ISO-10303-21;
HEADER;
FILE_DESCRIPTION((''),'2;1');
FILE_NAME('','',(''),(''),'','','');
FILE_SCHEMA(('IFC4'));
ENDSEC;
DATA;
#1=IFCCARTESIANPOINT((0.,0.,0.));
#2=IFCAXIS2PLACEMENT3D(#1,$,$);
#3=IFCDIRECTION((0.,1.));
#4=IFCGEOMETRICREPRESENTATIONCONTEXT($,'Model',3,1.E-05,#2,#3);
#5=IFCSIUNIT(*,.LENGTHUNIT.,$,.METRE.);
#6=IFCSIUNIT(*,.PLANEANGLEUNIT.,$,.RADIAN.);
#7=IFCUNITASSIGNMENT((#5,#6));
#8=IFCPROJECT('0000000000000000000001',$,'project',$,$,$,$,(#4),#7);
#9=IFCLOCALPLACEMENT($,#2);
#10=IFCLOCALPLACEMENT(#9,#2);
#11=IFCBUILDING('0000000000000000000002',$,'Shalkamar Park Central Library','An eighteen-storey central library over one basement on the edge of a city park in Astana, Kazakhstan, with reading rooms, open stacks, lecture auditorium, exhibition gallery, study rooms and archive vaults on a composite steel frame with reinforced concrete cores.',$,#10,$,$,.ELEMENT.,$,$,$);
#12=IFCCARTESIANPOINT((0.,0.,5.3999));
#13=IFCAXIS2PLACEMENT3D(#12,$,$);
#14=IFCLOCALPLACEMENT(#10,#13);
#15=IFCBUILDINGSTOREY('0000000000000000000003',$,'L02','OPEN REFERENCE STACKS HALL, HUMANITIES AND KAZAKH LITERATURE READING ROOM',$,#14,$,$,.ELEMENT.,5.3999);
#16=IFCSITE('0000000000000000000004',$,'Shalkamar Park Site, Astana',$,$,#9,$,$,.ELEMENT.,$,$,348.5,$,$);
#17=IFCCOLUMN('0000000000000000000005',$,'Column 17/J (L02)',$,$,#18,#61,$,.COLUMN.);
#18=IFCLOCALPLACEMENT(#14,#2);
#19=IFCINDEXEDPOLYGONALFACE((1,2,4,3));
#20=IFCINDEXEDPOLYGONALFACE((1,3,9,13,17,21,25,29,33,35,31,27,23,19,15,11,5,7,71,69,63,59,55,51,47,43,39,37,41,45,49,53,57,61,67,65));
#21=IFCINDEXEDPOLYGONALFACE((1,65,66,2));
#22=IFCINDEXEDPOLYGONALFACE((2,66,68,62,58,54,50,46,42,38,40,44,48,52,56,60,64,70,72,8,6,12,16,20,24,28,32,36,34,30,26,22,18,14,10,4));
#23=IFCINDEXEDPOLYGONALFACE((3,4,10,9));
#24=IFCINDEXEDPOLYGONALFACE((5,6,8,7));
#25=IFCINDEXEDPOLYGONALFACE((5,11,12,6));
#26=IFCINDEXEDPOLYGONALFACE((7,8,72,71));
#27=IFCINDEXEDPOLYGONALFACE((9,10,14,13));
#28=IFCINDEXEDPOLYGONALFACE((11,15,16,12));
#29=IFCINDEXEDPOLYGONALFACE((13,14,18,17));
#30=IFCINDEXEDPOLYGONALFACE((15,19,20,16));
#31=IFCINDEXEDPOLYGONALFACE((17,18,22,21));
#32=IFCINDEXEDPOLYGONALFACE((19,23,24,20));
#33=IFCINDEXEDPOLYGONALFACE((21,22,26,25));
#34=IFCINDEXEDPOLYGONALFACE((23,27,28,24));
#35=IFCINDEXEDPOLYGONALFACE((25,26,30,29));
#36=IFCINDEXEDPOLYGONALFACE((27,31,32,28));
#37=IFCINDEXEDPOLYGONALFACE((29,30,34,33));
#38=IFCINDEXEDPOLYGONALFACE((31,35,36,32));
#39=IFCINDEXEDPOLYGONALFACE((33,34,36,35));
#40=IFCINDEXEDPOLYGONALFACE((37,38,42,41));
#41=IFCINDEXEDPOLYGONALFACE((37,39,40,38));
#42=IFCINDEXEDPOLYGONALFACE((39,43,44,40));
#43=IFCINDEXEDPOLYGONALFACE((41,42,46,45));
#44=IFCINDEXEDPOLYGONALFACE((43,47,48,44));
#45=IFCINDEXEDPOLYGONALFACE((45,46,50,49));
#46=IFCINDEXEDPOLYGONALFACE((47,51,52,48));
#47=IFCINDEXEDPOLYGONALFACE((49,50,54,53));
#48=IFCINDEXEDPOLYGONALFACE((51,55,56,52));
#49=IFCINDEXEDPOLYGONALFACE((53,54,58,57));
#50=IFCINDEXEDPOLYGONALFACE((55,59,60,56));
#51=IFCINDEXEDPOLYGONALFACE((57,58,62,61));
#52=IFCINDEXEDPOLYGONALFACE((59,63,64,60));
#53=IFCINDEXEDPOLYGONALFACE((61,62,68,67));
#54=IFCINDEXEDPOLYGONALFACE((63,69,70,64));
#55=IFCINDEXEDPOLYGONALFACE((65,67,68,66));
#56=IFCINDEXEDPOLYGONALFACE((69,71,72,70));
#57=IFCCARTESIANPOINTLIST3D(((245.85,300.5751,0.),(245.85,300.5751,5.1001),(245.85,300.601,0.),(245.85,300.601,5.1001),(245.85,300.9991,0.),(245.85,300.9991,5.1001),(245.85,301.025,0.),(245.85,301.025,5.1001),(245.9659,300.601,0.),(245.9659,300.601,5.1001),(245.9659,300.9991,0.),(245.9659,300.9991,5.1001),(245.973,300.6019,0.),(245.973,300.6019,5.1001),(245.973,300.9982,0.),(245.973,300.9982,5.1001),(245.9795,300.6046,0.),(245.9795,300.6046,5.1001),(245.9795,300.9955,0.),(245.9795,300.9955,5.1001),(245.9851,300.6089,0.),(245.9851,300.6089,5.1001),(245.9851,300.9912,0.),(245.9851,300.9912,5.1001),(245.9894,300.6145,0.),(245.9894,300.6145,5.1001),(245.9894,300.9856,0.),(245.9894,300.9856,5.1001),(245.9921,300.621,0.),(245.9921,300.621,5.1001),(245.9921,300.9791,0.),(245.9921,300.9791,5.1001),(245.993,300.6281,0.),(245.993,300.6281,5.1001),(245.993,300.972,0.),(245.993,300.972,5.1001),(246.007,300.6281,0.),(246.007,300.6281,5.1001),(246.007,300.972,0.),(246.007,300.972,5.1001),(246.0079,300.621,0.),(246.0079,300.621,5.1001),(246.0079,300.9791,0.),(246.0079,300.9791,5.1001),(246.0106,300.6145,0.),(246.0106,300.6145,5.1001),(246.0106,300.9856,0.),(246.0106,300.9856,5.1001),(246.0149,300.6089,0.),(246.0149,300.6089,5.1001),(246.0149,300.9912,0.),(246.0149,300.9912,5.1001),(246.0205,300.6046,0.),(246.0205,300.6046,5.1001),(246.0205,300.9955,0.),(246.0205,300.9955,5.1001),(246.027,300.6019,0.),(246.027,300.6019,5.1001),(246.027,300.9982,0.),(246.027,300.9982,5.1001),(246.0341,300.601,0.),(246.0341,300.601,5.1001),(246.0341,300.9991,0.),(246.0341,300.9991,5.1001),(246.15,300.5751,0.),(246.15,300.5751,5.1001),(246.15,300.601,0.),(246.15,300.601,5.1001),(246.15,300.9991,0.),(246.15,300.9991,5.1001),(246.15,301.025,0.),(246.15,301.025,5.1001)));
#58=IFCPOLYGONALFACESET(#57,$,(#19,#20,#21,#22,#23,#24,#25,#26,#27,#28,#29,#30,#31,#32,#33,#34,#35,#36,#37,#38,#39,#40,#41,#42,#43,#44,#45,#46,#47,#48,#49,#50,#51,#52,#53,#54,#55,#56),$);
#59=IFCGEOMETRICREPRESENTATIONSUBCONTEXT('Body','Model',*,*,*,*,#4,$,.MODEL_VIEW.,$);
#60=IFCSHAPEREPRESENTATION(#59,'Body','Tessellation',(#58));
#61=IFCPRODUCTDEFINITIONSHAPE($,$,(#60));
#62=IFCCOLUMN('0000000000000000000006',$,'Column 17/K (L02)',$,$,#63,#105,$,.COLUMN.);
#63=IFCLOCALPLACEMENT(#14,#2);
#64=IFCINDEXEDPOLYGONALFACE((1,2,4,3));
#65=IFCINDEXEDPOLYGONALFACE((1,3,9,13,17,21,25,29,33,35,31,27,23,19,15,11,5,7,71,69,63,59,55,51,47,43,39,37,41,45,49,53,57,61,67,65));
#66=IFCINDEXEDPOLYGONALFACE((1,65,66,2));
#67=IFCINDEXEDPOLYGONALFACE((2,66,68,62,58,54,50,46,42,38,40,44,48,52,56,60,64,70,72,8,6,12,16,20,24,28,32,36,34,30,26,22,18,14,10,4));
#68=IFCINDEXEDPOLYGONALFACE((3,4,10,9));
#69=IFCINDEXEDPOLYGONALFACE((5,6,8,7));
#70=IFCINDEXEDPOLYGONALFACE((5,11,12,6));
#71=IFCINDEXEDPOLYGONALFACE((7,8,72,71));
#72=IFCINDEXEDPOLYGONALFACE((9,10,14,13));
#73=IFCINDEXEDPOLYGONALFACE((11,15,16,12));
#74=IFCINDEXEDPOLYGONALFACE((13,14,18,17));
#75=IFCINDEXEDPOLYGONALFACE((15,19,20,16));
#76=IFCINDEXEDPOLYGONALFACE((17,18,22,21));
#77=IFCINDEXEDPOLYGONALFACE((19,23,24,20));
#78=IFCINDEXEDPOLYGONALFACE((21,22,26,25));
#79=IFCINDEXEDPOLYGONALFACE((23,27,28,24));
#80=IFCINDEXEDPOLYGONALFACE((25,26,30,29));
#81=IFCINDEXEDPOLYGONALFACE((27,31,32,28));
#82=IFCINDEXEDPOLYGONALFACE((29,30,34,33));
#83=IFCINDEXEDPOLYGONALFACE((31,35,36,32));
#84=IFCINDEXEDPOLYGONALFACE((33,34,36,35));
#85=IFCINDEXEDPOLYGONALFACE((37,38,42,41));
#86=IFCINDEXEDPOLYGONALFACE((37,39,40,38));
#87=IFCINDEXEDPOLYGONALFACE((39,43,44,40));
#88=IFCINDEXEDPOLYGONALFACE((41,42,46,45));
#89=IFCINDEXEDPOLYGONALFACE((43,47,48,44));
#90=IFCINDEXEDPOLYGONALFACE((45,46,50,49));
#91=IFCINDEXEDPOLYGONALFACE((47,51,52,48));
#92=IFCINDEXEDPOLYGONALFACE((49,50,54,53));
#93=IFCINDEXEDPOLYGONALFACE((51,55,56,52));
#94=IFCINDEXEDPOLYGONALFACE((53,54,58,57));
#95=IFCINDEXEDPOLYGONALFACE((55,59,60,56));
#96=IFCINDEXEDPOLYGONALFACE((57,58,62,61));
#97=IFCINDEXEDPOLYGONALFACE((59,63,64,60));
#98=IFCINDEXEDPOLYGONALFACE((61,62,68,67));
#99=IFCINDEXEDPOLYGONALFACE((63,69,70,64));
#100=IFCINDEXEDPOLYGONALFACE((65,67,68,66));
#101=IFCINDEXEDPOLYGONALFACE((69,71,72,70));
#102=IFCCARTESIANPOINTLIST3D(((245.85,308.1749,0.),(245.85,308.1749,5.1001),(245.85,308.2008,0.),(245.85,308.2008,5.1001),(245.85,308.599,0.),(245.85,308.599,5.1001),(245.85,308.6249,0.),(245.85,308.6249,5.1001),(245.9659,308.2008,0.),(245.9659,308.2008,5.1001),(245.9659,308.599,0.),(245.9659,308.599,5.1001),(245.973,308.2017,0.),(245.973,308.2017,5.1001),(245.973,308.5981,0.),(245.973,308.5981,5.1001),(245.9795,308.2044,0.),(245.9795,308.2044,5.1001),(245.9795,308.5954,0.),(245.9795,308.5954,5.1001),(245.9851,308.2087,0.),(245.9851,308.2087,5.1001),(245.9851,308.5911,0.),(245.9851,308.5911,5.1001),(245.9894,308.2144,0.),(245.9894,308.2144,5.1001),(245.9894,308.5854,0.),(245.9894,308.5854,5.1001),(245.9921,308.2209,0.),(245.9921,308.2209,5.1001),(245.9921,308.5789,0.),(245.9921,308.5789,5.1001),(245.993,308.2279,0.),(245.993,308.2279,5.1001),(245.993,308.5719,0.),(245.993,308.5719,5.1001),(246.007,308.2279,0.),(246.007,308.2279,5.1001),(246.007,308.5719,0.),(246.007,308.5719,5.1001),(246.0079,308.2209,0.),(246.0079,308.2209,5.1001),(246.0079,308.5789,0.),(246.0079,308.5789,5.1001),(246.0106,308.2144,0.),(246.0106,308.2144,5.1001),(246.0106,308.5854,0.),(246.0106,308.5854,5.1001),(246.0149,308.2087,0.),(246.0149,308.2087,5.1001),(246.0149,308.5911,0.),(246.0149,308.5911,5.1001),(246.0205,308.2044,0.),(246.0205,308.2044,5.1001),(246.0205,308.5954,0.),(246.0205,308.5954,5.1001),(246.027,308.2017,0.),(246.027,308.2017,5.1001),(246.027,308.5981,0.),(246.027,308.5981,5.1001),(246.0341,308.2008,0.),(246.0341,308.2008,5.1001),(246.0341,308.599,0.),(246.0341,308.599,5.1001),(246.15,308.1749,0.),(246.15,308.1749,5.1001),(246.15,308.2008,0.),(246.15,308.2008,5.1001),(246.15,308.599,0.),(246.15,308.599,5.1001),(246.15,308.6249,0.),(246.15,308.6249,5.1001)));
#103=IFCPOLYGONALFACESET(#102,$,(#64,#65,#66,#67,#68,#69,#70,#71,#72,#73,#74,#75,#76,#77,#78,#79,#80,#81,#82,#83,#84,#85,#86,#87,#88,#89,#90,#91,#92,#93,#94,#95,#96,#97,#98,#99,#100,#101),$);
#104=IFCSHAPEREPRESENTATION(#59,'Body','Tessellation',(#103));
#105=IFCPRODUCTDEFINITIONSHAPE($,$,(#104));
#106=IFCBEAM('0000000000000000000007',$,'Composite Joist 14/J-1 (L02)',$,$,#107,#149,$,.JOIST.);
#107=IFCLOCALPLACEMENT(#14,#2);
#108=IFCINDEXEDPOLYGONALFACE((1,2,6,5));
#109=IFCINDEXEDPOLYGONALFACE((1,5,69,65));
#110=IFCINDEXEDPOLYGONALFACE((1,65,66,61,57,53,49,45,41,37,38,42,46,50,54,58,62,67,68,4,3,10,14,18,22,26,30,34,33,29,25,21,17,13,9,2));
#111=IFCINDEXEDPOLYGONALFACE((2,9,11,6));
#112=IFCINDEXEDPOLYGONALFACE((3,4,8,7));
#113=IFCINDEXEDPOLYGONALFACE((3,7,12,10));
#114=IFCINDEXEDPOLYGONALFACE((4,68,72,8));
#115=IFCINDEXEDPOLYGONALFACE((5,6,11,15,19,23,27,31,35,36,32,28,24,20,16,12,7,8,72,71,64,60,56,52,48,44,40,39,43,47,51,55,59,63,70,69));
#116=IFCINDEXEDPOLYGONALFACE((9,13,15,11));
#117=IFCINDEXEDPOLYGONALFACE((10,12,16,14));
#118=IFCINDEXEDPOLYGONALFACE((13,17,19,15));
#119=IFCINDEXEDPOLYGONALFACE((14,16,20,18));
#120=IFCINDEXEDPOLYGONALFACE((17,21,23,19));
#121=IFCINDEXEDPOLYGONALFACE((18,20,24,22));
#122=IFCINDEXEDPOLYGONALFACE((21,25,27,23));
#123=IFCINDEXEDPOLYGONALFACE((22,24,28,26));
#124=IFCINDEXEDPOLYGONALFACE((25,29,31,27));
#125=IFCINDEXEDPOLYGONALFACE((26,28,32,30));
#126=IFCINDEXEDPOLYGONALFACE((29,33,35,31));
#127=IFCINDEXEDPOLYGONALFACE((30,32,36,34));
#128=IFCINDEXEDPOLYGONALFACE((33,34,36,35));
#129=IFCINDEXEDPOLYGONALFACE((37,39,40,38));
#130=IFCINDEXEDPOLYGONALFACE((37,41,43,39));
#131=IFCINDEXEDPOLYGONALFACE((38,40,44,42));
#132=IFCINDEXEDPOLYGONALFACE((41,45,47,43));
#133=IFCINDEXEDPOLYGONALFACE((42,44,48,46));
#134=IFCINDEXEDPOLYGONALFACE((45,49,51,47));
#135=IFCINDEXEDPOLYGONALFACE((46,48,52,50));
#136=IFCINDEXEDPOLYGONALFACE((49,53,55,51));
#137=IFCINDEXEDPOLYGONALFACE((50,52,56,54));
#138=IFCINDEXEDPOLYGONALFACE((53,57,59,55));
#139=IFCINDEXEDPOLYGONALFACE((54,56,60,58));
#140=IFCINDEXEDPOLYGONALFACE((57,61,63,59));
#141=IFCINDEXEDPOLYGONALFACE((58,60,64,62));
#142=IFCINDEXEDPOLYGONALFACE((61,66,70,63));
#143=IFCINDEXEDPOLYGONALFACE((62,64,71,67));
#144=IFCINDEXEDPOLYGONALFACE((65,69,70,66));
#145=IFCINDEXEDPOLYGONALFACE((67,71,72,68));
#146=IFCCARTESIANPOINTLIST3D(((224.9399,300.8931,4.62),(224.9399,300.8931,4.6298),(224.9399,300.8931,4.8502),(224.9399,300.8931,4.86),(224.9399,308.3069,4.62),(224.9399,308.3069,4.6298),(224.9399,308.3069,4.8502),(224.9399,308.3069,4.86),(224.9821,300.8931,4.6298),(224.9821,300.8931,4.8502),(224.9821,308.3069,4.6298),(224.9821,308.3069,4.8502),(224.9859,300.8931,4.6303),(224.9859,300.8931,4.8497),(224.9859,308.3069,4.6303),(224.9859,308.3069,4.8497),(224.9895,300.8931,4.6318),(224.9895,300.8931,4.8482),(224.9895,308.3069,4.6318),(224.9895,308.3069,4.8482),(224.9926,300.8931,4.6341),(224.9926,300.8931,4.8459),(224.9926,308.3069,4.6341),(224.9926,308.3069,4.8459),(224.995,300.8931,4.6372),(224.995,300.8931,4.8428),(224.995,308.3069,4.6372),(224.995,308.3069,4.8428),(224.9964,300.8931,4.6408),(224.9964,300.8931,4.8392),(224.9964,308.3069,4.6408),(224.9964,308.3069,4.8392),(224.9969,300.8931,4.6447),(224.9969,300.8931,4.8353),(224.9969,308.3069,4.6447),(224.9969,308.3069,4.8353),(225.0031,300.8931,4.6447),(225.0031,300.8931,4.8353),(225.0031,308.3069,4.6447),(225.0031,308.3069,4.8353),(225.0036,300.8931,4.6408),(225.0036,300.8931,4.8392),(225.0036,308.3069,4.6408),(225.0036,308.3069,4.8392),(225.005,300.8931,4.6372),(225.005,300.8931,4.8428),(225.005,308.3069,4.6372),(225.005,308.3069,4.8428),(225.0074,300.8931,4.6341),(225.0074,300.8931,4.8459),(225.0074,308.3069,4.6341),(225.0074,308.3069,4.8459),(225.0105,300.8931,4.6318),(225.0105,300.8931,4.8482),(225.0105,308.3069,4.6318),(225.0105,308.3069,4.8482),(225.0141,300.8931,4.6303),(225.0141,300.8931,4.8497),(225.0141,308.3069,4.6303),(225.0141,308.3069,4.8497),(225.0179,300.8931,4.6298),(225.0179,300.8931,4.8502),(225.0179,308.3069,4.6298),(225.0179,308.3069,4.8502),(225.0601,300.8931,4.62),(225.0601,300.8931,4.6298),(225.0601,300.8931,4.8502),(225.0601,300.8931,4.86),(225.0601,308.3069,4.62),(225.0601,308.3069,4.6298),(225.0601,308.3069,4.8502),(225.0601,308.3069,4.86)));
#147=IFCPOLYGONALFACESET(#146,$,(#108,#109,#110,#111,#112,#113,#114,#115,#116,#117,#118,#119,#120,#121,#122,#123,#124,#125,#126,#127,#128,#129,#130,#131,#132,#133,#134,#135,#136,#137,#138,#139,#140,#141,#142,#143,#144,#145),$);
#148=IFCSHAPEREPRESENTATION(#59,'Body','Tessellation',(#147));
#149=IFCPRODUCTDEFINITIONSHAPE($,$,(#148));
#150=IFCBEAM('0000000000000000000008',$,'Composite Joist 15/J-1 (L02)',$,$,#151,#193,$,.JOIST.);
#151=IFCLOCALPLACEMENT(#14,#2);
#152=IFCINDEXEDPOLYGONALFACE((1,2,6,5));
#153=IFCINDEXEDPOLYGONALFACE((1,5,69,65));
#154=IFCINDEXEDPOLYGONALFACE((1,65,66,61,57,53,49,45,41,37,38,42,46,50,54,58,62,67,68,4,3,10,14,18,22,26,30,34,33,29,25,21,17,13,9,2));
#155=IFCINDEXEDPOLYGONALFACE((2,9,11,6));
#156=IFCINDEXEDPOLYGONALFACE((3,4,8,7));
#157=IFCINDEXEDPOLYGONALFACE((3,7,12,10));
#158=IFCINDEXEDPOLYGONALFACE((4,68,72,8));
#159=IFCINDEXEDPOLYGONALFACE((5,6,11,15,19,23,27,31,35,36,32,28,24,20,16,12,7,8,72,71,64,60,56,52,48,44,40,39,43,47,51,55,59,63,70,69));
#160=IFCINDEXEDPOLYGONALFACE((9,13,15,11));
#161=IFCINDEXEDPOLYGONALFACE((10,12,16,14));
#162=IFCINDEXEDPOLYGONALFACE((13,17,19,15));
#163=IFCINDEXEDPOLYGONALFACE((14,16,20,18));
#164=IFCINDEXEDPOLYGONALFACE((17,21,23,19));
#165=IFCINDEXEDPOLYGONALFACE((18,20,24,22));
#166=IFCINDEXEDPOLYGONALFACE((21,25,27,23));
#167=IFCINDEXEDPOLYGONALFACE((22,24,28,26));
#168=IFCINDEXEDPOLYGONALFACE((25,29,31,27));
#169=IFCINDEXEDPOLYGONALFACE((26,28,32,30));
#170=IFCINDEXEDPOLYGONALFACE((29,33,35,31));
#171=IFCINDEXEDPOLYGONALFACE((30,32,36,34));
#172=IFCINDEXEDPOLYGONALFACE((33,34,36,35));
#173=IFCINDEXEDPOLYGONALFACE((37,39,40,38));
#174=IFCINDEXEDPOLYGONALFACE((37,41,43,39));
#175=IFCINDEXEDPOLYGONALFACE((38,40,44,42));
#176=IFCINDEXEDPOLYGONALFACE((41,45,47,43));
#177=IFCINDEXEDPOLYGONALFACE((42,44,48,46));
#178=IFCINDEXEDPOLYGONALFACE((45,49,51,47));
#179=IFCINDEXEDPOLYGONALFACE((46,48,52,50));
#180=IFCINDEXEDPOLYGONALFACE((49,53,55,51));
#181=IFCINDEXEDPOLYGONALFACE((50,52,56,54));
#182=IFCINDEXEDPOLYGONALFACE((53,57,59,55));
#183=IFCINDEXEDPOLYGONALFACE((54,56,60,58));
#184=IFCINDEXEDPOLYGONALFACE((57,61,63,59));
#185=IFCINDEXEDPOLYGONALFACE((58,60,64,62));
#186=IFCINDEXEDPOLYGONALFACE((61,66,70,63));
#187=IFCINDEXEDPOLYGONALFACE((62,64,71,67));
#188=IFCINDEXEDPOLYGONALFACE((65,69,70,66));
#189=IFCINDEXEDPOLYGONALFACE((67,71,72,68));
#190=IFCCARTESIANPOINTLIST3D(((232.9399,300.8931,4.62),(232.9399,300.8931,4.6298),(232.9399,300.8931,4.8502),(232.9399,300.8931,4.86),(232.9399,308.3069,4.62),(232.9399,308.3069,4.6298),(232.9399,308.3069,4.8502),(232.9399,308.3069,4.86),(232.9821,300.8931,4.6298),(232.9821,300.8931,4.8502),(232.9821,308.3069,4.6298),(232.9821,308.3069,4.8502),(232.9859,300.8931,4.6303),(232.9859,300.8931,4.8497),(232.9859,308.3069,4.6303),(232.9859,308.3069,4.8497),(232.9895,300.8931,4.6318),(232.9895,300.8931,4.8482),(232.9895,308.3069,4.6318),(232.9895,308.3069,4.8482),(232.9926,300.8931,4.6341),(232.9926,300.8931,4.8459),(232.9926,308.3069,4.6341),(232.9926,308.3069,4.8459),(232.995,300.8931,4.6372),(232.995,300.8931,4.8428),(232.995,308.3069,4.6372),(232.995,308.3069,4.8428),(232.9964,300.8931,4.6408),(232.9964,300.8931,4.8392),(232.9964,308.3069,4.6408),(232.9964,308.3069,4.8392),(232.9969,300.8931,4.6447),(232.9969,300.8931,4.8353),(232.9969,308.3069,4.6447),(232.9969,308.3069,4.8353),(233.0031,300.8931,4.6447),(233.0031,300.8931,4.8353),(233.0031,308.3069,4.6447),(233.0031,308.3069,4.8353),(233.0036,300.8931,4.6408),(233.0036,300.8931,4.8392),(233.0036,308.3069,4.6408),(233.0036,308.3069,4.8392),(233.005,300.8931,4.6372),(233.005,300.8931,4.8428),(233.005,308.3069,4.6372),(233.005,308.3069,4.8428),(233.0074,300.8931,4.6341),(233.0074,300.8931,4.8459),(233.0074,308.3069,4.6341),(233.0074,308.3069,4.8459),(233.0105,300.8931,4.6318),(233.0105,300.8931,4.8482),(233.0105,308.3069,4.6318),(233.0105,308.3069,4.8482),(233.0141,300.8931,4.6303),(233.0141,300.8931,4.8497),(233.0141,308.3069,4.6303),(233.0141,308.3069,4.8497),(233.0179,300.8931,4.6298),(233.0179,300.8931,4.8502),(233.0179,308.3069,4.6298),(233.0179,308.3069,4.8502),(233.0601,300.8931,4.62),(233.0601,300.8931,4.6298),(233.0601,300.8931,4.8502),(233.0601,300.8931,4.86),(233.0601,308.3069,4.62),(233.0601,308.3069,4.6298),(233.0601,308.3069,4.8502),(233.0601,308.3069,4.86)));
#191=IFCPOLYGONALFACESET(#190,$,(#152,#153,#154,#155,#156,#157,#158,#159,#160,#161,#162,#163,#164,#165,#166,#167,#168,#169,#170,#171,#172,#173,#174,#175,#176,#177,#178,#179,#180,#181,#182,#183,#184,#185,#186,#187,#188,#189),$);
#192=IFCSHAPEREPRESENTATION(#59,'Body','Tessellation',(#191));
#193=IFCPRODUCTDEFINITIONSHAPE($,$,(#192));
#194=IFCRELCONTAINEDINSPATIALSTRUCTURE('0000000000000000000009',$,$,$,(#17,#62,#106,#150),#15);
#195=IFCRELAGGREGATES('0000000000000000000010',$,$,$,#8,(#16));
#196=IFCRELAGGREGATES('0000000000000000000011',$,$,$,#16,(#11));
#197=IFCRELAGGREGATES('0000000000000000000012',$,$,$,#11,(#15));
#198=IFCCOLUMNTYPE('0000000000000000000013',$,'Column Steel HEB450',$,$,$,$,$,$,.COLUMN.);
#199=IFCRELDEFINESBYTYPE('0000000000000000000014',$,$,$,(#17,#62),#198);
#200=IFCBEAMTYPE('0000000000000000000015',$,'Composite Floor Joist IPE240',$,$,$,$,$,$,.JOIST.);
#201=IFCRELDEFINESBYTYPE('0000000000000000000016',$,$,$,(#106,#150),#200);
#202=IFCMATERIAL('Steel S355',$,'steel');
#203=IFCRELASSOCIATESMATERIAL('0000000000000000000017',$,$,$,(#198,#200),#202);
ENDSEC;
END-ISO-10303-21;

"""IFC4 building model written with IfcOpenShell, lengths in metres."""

from ifc_helpers import new_model, si_unit, direction, frame, origin, origin_2d, place, context, subcontext, project, spatial, i_section, extrude, material, material_profile, profile_set, type_object, element, save


model = new_model("IFC4")

# Units and contexts
model_context = context("Model", 3, precision=1e-05, world=origin(), true_north=direction((0.0, 1.0)))
body_context = subcontext(model_context, "Body", "Model", "MODEL_VIEW")
ifc_project = project(units=[si_unit("LENGTHUNIT", "METRE"), si_unit("PLANEANGLEUNIT", "RADIAN")], contexts=[model_context])

# Site, building, storey
site_placement = place(None, origin())
site = spatial("IfcSite", under=ifc_project, at=site_placement, Name="Shalkamar Park Site, Astana", CompositionType="ELEMENT", RefElevation=348.5)
building_placement = place(site_placement, origin())
building = spatial("IfcBuilding", under=site, at=building_placement, Name="Shalkamar Park Central Library", Description="An eighteen-storey central library over one basement on the edge of a city park in Astana, Kazakhstan, with reading rooms, open stacks, lecture auditorium, exhibition gallery, study rooms and archive vaults on a composite steel frame with reinforced concrete cores.", CompositionType="ELEMENT")
storey_placement = place(building_placement, frame((0.0, 0.0, 5.3999)))
storey = spatial("IfcBuildingStorey", under=building, at=storey_placement, Name="L02", Description="OPEN REFERENCE STACKS HALL, HUMANITIES AND KAZAKH LITERATURE READING ROOM", CompositionType="ELEMENT", Elevation=5.3999)

# Columns
ifc_material_1 = material(Name="Steel S355", Category="steel")
ifc_material_profile_1 = material_profile(ifc_material_1, i_section(OverallWidth=0.3, OverallDepth=0.45, WebThickness=0.0139, FlangeThickness=0.0259, FilletRadius=0.0271, at=origin_2d()), Name="HEB 450")
ifc_profile_set_1 = profile_set([ifc_material_profile_1], Name="Steel S355")
column_type_1 = type_object("IfcColumnType", Name="Column Steel HEB450", PredefinedType="COLUMN", material=ifc_profile_set_1)
for number, where, z_axis, x_axis, name in (
    (1, (246.0, 300.8, 0.0), (0.0, 0.0, 1.0), (1.0, 0.0, 0.0), "Column 17/J (L02)"),
    (2, (246.0, 308.3999, 0.0), (0.0, 0.0, 1.0), (1.0, 0.0, 0.0), "Column 17/K (L02)"),
):
    element("IfcColumn", number, at=place(storey_placement, frame(where, z_axis=z_axis, x_axis=x_axis)), inside=storey, type_object=column_type_1, Name=name, PredefinedType="COLUMN", context=body_context, shape_type="SweptSolid", body=[
        extrude(i_section(OverallWidth=0.3, OverallDepth=0.45, WebThickness=0.0139, FlangeThickness=0.0259, FilletRadius=0.0271, at=origin_2d()), origin(), (0.0, 0.0, 1.0), 5.1001),
    ])

# Beams
ifc_material_profile_2 = material_profile(ifc_material_1, i_section(OverallWidth=0.1201, OverallDepth=0.24, WebThickness=0.0061, FlangeThickness=0.0098, FilletRadius=0.0149, at=origin_2d()), Name="IPE 240")
ifc_profile_set_2 = profile_set([ifc_material_profile_2], Name="Steel S355")
beam_type_1 = type_object("IfcBeamType", Name="Composite Floor Joist IPE240", PredefinedType="JOIST", material=ifc_profile_set_2)
for number, where, z_axis, x_axis, name in (
    (3, (225.0, 300.8931, 4.74), (0.0, 1.0, 0.0), (-1.0, 0.0, 0.0), "Composite Joist 14/J-1 (L02)"),
    (4, (233.0, 300.8931, 4.74), (0.0, 1.0, 0.0), (-1.0, 0.0, 0.0), "Composite Joist 15/J-1 (L02)"),
):
    element("IfcBeam", number, at=place(storey_placement, frame(where, z_axis=z_axis, x_axis=x_axis)), inside=storey, type_object=beam_type_1, Name=name, PredefinedType="JOIST", context=body_context, shape_type="SweptSolid", body=[
        extrude(i_section(OverallWidth=0.1201, OverallDepth=0.24, WebThickness=0.0061, FlangeThickness=0.0098, FilletRadius=0.0149, at=origin_2d()), origin(), (0.0, 0.0, 1.0), 7.4138),
    ])

save(model, "model.ifc")
